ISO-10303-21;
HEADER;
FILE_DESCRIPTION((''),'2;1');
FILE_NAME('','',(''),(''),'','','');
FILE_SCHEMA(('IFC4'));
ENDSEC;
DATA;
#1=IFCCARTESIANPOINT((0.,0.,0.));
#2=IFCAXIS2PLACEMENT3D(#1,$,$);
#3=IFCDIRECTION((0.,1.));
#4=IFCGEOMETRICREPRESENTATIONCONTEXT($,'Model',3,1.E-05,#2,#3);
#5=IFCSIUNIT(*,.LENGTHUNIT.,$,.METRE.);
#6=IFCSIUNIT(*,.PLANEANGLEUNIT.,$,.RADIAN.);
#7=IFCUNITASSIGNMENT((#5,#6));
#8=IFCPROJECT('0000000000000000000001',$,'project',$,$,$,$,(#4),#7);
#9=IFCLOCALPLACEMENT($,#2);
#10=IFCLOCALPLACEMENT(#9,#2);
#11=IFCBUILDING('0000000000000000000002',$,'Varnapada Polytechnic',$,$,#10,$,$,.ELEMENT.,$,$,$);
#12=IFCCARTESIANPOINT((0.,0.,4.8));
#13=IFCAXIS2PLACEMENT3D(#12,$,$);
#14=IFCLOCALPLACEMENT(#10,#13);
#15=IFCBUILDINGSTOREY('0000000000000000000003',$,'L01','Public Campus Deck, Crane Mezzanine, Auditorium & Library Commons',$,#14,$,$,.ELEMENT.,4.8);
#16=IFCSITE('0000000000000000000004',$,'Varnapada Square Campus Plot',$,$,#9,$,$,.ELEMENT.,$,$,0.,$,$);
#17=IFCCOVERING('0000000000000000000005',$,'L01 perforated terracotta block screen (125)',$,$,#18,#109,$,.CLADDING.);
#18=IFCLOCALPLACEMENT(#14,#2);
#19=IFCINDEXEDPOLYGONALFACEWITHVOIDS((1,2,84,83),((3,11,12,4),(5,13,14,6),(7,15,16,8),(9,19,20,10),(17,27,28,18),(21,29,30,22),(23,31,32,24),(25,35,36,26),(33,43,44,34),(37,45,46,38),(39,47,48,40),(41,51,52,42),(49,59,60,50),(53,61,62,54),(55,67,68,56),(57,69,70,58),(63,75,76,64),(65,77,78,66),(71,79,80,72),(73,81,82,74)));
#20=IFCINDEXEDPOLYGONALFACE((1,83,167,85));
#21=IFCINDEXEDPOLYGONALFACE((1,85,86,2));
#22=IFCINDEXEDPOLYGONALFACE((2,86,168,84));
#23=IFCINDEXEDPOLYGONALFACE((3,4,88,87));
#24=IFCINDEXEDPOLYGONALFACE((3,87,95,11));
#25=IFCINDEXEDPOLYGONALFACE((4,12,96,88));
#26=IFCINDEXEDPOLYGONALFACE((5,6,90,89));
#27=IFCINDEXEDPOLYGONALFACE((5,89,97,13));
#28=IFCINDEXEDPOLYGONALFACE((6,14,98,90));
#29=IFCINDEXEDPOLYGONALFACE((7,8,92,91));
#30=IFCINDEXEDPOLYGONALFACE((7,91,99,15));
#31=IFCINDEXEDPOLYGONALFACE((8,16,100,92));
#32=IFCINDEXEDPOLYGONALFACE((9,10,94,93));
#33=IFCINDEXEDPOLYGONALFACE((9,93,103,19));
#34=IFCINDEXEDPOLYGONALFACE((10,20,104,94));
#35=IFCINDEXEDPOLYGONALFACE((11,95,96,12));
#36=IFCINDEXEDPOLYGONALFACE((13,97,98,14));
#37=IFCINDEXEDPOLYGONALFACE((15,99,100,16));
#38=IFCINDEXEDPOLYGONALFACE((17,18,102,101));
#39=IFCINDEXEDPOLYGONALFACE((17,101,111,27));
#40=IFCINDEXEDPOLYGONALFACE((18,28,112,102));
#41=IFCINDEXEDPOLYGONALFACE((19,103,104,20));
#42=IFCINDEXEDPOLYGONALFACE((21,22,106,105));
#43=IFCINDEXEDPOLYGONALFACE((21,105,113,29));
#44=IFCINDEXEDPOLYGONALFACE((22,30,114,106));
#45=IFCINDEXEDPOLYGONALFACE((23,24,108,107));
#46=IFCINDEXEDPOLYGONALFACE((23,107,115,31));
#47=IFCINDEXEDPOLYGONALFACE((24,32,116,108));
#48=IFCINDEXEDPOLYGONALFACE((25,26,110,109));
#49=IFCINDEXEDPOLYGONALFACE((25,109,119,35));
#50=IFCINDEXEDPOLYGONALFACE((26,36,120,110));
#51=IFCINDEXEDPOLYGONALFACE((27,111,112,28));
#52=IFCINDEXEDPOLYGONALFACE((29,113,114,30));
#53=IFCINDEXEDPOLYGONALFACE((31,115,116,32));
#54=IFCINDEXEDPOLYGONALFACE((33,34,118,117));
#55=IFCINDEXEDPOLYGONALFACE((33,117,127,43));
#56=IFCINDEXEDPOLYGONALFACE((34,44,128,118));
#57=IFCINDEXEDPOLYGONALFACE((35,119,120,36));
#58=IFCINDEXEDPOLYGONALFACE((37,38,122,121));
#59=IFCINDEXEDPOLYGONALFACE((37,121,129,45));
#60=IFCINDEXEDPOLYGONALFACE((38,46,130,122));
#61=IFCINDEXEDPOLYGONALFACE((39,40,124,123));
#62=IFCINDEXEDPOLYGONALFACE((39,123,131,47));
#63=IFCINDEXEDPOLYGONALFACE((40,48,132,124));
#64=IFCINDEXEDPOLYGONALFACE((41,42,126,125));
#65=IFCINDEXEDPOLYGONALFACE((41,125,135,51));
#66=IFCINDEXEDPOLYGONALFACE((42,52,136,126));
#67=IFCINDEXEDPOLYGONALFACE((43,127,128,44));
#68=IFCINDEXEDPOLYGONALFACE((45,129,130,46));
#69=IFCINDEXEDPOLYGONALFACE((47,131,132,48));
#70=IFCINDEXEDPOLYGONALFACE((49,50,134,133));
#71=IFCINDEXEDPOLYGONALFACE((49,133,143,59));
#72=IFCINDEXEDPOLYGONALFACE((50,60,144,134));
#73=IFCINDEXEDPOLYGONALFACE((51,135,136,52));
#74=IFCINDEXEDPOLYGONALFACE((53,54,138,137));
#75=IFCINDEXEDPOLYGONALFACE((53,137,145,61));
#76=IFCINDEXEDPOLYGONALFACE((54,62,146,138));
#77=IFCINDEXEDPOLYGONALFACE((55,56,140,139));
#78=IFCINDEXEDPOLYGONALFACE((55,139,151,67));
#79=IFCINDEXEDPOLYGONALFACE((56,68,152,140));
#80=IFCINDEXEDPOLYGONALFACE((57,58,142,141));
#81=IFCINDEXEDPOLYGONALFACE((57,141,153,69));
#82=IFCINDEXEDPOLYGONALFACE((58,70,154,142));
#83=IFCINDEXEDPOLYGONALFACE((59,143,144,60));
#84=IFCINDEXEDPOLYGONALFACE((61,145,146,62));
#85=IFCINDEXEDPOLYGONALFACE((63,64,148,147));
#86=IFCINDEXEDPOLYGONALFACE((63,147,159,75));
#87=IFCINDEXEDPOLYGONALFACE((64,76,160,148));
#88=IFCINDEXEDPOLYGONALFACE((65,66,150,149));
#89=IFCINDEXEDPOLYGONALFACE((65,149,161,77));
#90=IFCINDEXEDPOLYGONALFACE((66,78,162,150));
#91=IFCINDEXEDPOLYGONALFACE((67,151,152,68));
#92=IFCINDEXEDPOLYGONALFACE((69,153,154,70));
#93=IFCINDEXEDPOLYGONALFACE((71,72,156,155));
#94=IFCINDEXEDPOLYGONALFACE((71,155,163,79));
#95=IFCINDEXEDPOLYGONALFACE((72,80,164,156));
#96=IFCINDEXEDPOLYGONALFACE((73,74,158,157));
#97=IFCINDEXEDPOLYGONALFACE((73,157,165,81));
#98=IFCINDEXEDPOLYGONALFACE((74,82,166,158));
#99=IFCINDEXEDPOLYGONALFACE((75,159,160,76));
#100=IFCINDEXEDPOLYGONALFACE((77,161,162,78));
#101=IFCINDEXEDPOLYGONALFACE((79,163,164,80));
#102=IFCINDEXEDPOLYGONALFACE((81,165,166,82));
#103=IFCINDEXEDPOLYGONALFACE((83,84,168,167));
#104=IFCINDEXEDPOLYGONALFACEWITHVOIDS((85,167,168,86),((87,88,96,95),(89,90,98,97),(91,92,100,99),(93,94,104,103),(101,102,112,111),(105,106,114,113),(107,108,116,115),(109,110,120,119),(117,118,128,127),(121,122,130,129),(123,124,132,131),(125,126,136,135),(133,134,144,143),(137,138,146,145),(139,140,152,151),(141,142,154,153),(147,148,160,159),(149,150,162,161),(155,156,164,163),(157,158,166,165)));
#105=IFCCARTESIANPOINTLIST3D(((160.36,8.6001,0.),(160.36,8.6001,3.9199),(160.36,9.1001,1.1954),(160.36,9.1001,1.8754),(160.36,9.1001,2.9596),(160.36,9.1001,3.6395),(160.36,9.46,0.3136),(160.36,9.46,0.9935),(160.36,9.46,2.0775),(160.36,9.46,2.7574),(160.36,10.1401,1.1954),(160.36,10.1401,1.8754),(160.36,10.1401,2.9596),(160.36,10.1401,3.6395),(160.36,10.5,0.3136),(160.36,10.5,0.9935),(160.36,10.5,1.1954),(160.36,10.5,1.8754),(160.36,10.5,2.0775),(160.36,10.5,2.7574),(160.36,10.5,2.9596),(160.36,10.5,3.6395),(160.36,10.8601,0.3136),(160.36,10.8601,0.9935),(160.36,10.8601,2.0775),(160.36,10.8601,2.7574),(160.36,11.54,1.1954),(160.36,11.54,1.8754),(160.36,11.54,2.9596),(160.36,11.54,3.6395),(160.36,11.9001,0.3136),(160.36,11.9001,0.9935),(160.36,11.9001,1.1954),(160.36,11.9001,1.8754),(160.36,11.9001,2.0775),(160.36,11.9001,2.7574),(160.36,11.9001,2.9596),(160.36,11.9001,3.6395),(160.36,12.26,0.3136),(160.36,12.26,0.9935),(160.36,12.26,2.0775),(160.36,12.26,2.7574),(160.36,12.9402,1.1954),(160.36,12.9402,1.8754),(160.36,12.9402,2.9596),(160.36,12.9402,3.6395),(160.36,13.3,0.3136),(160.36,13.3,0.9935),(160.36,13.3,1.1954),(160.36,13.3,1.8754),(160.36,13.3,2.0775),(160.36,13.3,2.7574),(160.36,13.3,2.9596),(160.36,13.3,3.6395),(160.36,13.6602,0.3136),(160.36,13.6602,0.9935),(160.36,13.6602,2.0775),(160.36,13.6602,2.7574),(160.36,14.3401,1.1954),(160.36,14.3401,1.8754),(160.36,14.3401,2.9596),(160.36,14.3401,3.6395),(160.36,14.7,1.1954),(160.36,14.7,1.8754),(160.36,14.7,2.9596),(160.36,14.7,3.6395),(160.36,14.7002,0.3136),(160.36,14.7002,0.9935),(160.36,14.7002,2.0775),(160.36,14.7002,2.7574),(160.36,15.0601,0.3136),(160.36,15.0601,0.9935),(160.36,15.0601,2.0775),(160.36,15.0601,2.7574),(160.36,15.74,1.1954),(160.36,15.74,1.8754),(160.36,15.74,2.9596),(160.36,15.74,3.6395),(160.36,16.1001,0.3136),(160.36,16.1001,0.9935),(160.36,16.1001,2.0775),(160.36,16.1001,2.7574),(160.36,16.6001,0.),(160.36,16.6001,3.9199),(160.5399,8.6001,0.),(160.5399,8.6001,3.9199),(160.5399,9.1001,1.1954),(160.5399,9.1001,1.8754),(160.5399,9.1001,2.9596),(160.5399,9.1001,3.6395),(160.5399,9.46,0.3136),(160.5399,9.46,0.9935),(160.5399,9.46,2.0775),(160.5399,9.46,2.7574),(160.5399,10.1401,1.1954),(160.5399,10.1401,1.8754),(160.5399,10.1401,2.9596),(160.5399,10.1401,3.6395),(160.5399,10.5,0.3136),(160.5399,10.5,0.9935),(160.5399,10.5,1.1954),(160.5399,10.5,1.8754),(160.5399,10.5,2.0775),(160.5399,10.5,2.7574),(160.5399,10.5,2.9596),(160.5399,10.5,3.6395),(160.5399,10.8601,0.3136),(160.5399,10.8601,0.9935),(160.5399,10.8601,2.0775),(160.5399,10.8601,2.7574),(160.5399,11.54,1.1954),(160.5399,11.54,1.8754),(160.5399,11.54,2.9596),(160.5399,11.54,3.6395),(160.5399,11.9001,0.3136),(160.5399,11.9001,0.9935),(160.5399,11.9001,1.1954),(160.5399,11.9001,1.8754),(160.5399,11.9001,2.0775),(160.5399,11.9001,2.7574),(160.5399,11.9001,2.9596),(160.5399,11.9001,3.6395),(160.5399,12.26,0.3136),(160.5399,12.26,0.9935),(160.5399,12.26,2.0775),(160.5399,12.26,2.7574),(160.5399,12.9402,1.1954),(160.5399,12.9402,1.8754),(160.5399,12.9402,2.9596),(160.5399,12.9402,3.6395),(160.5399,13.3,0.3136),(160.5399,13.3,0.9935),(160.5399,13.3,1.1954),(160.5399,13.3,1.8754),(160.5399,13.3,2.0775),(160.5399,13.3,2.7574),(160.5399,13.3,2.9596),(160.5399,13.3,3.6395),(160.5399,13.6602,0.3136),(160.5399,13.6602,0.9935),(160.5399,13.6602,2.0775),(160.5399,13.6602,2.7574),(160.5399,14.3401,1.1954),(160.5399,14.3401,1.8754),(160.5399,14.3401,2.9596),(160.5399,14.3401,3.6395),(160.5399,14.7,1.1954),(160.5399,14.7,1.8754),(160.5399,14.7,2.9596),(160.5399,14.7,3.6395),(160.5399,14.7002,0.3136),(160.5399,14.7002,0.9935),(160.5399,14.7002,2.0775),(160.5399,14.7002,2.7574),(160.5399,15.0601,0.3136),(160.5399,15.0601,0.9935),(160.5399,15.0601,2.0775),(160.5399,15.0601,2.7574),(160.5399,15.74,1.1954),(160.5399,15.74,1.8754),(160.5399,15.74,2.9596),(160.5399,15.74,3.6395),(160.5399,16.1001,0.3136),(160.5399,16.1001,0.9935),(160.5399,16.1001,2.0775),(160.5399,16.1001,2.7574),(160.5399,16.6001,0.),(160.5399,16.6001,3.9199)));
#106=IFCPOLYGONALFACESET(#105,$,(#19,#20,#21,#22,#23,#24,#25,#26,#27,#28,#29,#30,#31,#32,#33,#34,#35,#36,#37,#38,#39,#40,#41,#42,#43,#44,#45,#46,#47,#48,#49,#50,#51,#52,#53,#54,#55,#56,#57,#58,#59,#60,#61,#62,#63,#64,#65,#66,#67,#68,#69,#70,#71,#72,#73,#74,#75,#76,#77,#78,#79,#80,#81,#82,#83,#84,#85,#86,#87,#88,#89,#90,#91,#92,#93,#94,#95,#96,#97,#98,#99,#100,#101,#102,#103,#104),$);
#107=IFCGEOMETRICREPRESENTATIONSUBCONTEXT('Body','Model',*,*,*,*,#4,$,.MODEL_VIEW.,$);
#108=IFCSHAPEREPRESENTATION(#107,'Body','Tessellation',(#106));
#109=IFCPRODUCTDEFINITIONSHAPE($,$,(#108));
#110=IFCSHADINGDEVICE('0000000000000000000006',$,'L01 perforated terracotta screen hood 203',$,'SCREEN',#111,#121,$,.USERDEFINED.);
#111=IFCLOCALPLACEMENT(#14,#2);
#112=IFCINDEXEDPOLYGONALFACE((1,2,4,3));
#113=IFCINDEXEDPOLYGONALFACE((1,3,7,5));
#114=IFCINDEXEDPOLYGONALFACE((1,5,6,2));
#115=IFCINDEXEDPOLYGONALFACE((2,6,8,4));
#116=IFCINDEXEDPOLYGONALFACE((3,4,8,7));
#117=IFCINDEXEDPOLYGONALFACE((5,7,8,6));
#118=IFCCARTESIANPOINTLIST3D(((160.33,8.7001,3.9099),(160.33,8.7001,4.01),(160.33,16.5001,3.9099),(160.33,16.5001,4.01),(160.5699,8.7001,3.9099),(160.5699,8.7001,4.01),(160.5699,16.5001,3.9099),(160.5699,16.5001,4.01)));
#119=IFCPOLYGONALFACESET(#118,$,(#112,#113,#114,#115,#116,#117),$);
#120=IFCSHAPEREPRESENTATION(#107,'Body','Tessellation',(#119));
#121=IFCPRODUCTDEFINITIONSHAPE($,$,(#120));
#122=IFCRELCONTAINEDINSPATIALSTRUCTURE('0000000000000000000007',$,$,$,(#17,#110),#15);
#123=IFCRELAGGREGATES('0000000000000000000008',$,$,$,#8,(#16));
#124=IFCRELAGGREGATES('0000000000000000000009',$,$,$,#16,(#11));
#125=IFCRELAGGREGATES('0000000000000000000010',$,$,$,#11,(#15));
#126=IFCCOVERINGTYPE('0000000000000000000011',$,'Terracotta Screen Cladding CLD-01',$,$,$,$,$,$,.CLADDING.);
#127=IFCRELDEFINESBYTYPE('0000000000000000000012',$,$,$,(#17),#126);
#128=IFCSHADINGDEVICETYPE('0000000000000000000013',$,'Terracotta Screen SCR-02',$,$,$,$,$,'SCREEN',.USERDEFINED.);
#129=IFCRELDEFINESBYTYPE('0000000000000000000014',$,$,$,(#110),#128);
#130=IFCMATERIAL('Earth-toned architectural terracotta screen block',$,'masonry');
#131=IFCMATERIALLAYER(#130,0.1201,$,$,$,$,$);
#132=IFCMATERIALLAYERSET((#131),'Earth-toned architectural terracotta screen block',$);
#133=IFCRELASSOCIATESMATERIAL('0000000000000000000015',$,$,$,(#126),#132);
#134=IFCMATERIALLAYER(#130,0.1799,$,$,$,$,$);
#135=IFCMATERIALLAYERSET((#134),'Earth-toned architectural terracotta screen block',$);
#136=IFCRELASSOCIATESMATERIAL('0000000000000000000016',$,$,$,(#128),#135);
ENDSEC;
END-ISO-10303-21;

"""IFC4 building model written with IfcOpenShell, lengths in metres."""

from ifc_helpers import new_model, si_unit, direction, frame, frame_2d, origin, origin_2d, place, context, subcontext, project, spatial, rectangle, extrude, material, layer, layer_set, type_object, element, save


model = new_model("IFC4")

# Units and contexts
model_context = context("Model", 3, precision=1e-05, world=origin(), true_north=direction((0.0, 1.0)))
body_context = subcontext(model_context, "Body", "Model", "MODEL_VIEW")
ifc_project = project(units=[si_unit("LENGTHUNIT", "METRE"), si_unit("PLANEANGLEUNIT", "RADIAN")], contexts=[model_context])

# Site, building, storey
site_placement = place(None, origin())
site = spatial("IfcSite", under=ifc_project, at=site_placement, Name="Varnapada Square Campus Plot", CompositionType="ELEMENT", RefElevation=0.0)
building_placement = place(site_placement, origin())
building = spatial("IfcBuilding", under=site, at=building_placement, Name="Varnapada Polytechnic", CompositionType="ELEMENT")
storey_placement = place(building_placement, frame((0.0, 0.0, 4.8)))
storey = spatial("IfcBuildingStorey", under=building, at=storey_placement, Name="L01", Description="Public Campus Deck, Crane Mezzanine, Auditorium & Library Commons", CompositionType="ELEMENT", Elevation=4.8)

# Covering, openings
ifc_material_1 = material(Name="Earth-toned architectural terracotta screen block", Category="masonry")
ifc_layer_1 = layer(ifc_material_1, 0.1201)
ifc_layer_set_1 = layer_set([ifc_layer_1], Name="Earth-toned architectural terracotta screen block")
covering_type = type_object("IfcCoveringType", Name="Terracotta Screen Cladding CLD-01", PredefinedType="CLADDING", material=ifc_layer_set_1)
covering_placement = place(storey_placement, frame((160.45, 16.6001, 0.0), z_axis=(0.0, 0.0, 1.0), x_axis=(0.0, -1.0, 0.0)))
covering = element("IfcCovering", 1, at=covering_placement, inside=storey, type_object=covering_type, Name="L01 perforated terracotta block screen (125)", PredefinedType="CLADDING", context=body_context, shape_type="SweptSolid", body=[
    extrude(rectangle(XDim=8.0, YDim=0.1799, at=frame_2d((4.0, 0.0))), origin(), (0.0, 0.0, 1.0), 3.9199),
])
opening_1_placement = place(covering_placement, frame((0.5, 0.0, 0.3137)))
element("IfcOpeningElement", 2, at=opening_1_placement, cuts=covering, PredefinedType="OPENING", context=body_context, shape_type="SweptSolid", body=[
    extrude(rectangle(XDim=1.04, YDim=0.6799, at=frame_2d((0.52, 0.3398))), frame((0.0, 0.0999, 0.0), z_axis=(0.0, -1.0, 0.0), x_axis=(1.0, 0.0, 0.0)), (0.0, 0.0, 1.0), 0.2),
])
opening_2_placement = place(covering_placement, frame((1.8999, 0.0, 0.3137)))
element("IfcOpeningElement", 3, at=opening_2_placement, cuts=covering, PredefinedType="OPENING", context=body_context, shape_type="SweptSolid", body=[
    extrude(rectangle(XDim=1.04, YDim=0.6799, at=frame_2d((0.52, 0.3398))), frame((0.0, 0.0999, 0.0), z_axis=(0.0, -1.0, 0.0), x_axis=(1.0, 0.0, 0.0)), (0.0, 0.0, 1.0), 0.2),
])
opening_3_placement = place(covering_placement, frame((3.3, 0.0, 0.3137)))
element("IfcOpeningElement", 4, at=opening_3_placement, cuts=covering, PredefinedType="OPENING", context=body_context, shape_type="SweptSolid", body=[
    extrude(rectangle(XDim=1.04, YDim=0.6799, at=frame_2d((0.52, 0.3398))), frame((0.0, 0.0999, 0.0), z_axis=(0.0, -1.0, 0.0), x_axis=(1.0, 0.0, 0.0)), (0.0, 0.0, 1.0), 0.2),
])
opening_4_placement = place(covering_placement, frame((4.7, 0.0, 0.3137)))
element("IfcOpeningElement", 5, at=opening_4_placement, cuts=covering, PredefinedType="OPENING", context=body_context, shape_type="SweptSolid", body=[
    extrude(rectangle(XDim=1.04, YDim=0.6799, at=frame_2d((0.52, 0.3398))), frame((0.0, 0.0999, 0.0), z_axis=(0.0, -1.0, 0.0), x_axis=(1.0, 0.0, 0.0)), (0.0, 0.0, 1.0), 0.2),
])
opening_5_placement = place(covering_placement, frame((6.1001, 0.0, 0.3137)))
element("IfcOpeningElement", 6, at=opening_5_placement, cuts=covering, PredefinedType="OPENING", context=body_context, shape_type="SweptSolid", body=[
    extrude(rectangle(XDim=1.04, YDim=0.6799, at=frame_2d((0.52, 0.3398))), frame((0.0, 0.0999, 0.0), z_axis=(0.0, -1.0, 0.0), x_axis=(1.0, 0.0, 0.0)), (0.0, 0.0, 1.0), 0.2),
])
opening_6_placement = place(covering_placement, frame((0.8601, 0.0, 1.1956)))
element("IfcOpeningElement", 7, at=opening_6_placement, cuts=covering, PredefinedType="OPENING", context=body_context, shape_type="SweptSolid", body=[
    extrude(rectangle(XDim=1.04, YDim=0.6799, at=frame_2d((0.52, 0.3398))), frame((0.0, 0.0999, 0.0), z_axis=(0.0, -1.0, 0.0), x_axis=(1.0, 0.0, 0.0)), (0.0, 0.0, 1.0), 0.2),
])
opening_7_placement = place(covering_placement, frame((2.26, 0.0, 1.1956)))
element("IfcOpeningElement", 8, at=opening_7_placement, cuts=covering, PredefinedType="OPENING", context=body_context, shape_type="SweptSolid", body=[
    extrude(rectangle(XDim=1.04, YDim=0.6799, at=frame_2d((0.52, 0.3398))), frame((0.0, 0.0999, 0.0), z_axis=(0.0, -1.0, 0.0), x_axis=(1.0, 0.0, 0.0)), (0.0, 0.0, 1.0), 0.2),
])
opening_8_placement = place(covering_placement, frame((3.6599, 0.0, 1.1956)))
element("IfcOpeningElement", 9, at=opening_8_placement, cuts=covering, PredefinedType="OPENING", context=body_context, shape_type="SweptSolid", body=[
    extrude(rectangle(XDim=1.04, YDim=0.6799, at=frame_2d((0.52, 0.3398))), frame((0.0, 0.0999, 0.0), z_axis=(0.0, -1.0, 0.0), x_axis=(1.0, 0.0, 0.0)), (0.0, 0.0, 1.0), 0.2),
])
opening_9_placement = place(covering_placement, frame((5.0601, 0.0, 1.1956)))
element("IfcOpeningElement", 10, at=opening_9_placement, cuts=covering, PredefinedType="OPENING", context=body_context, shape_type="SweptSolid", body=[
    extrude(rectangle(XDim=1.04, YDim=0.6799, at=frame_2d((0.52, 0.3398))), frame((0.0, 0.0999, 0.0), z_axis=(0.0, -1.0, 0.0), x_axis=(1.0, 0.0, 0.0)), (0.0, 0.0, 1.0), 0.2),
])
opening_10_placement = place(covering_placement, frame((6.46, 0.0, 1.1956)))
element("IfcOpeningElement", 11, at=opening_10_placement, cuts=covering, PredefinedType="OPENING", context=body_context, shape_type="SweptSolid", body=[
    extrude(rectangle(XDim=1.04, YDim=0.6799, at=frame_2d((0.52, 0.3398))), frame((0.0, 0.0999, 0.0), z_axis=(0.0, -1.0, 0.0), x_axis=(1.0, 0.0, 0.0)), (0.0, 0.0, 1.0), 0.2),
])
opening_11_placement = place(covering_placement, frame((0.5, 0.0, 2.0776)))
element("IfcOpeningElement", 12, at=opening_11_placement, cuts=covering, PredefinedType="OPENING", context=body_context, shape_type="SweptSolid", body=[
    extrude(rectangle(XDim=1.04, YDim=0.6799, at=frame_2d((0.52, 0.3398))), frame((0.0, 0.0999, 0.0), z_axis=(0.0, -1.0, 0.0), x_axis=(1.0, 0.0, 0.0)), (0.0, 0.0, 1.0), 0.2),
])
opening_12_placement = place(covering_placement, frame((1.8999, 0.0, 2.0776)))
element("IfcOpeningElement", 13, at=opening_12_placement, cuts=covering, PredefinedType="OPENING", context=body_context, shape_type="SweptSolid", body=[
    extrude(rectangle(XDim=1.04, YDim=0.6799, at=frame_2d((0.52, 0.3398))), frame((0.0, 0.0999, 0.0), z_axis=(0.0, -1.0, 0.0), x_axis=(1.0, 0.0, 0.0)), (0.0, 0.0, 1.0), 0.2),
])
opening_13_placement = place(covering_placement, frame((3.3, 0.0, 2.0776)))
element("IfcOpeningElement", 14, at=opening_13_placement, cuts=covering, PredefinedType="OPENING", context=body_context, shape_type="SweptSolid", body=[
    extrude(rectangle(XDim=1.04, YDim=0.6799, at=frame_2d((0.52, 0.3398))), frame((0.0, 0.0999, 0.0), z_axis=(0.0, -1.0, 0.0), x_axis=(1.0, 0.0, 0.0)), (0.0, 0.0, 1.0), 0.2),
])
opening_14_placement = place(covering_placement, frame((4.7, 0.0, 2.0776)))
element("IfcOpeningElement", 15, at=opening_14_placement, cuts=covering, PredefinedType="OPENING", context=body_context, shape_type="SweptSolid", body=[
    extrude(rectangle(XDim=1.04, YDim=0.6799, at=frame_2d((0.52, 0.3398))), frame((0.0, 0.0999, 0.0), z_axis=(0.0, -1.0, 0.0), x_axis=(1.0, 0.0, 0.0)), (0.0, 0.0, 1.0), 0.2),
])
opening_15_placement = place(covering_placement, frame((6.1001, 0.0, 2.0776)))
element("IfcOpeningElement", 16, at=opening_15_placement, cuts=covering, PredefinedType="OPENING", context=body_context, shape_type="SweptSolid", body=[
    extrude(rectangle(XDim=1.04, YDim=0.6799, at=frame_2d((0.52, 0.3398))), frame((0.0, 0.0999, 0.0), z_axis=(0.0, -1.0, 0.0), x_axis=(1.0, 0.0, 0.0)), (0.0, 0.0, 1.0), 0.2),
])
opening_16_placement = place(covering_placement, frame((0.8601, 0.0, 2.9597)))
element("IfcOpeningElement", 17, at=opening_16_placement, cuts=covering, PredefinedType="OPENING", context=body_context, shape_type="SweptSolid", body=[
    extrude(rectangle(XDim=1.04, YDim=0.6799, at=frame_2d((0.52, 0.3398))), frame((0.0, 0.0999, 0.0), z_axis=(0.0, -1.0, 0.0), x_axis=(1.0, 0.0, 0.0)), (0.0, 0.0, 1.0), 0.2),
])
opening_17_placement = place(covering_placement, frame((2.26, 0.0, 2.9597)))
element("IfcOpeningElement", 18, at=opening_17_placement, cuts=covering, PredefinedType="OPENING", context=body_context, shape_type="SweptSolid", body=[
    extrude(rectangle(XDim=1.04, YDim=0.6799, at=frame_2d((0.52, 0.3398))), frame((0.0, 0.0999, 0.0), z_axis=(0.0, -1.0, 0.0), x_axis=(1.0, 0.0, 0.0)), (0.0, 0.0, 1.0), 0.2),
])
opening_18_placement = place(covering_placement, frame((3.6599, 0.0, 2.9597)))
element("IfcOpeningElement", 19, at=opening_18_placement, cuts=covering, PredefinedType="OPENING", context=body_context, shape_type="SweptSolid", body=[
    extrude(rectangle(XDim=1.04, YDim=0.6799, at=frame_2d((0.52, 0.3398))), frame((0.0, 0.0999, 0.0), z_axis=(0.0, -1.0, 0.0), x_axis=(1.0, 0.0, 0.0)), (0.0, 0.0, 1.0), 0.2),
])
opening_19_placement = place(covering_placement, frame((5.0601, 0.0, 2.9597)))
element("IfcOpeningElement", 20, at=opening_19_placement, cuts=covering, PredefinedType="OPENING", context=body_context, shape_type="SweptSolid", body=[
    extrude(rectangle(XDim=1.04, YDim=0.6799, at=frame_2d((0.52, 0.3398))), frame((0.0, 0.0999, 0.0), z_axis=(0.0, -1.0, 0.0), x_axis=(1.0, 0.0, 0.0)), (0.0, 0.0, 1.0), 0.2),
])
opening_20_placement = place(covering_placement, frame((6.46, 0.0, 2.9597)))
element("IfcOpeningElement", 21, at=opening_20_placement, cuts=covering, PredefinedType="OPENING", context=body_context, shape_type="SweptSolid", body=[
    extrude(rectangle(XDim=1.04, YDim=0.6799, at=frame_2d((0.52, 0.3398))), frame((0.0, 0.0999, 0.0), z_axis=(0.0, -1.0, 0.0), x_axis=(1.0, 0.0, 0.0)), (0.0, 0.0, 1.0), 0.2),
])

# Shading device
ifc_layer_2 = layer(ifc_material_1, 0.1799)
ifc_layer_set_2 = layer_set([ifc_layer_2], Name="Earth-toned architectural terracotta screen block")
shading_device_type = type_object("IfcShadingDeviceType", Name="Terracotta Screen SCR-02", ElementType="SCREEN", PredefinedType="USERDEFINED", material=ifc_layer_set_2)
shading_device_placement = place(storey_placement, frame((160.45, 12.6001, 3.9099), z_axis=(0.0, 0.0, 1.0), x_axis=(0.0, -1.0, 0.0)))
element("IfcShadingDevice", 22, at=shading_device_placement, inside=storey, type_object=shading_device_type, Name="L01 perforated terracotta screen hood 203", ObjectType="SCREEN", PredefinedType="USERDEFINED", context=body_context, shape_type="SweptSolid", body=[
    extrude(rectangle(XDim=7.8, YDim=0.24, at=origin_2d()), origin(), (0.0, 0.0, 1.0), 0.1001),
])

save(model, "model.ifc")
